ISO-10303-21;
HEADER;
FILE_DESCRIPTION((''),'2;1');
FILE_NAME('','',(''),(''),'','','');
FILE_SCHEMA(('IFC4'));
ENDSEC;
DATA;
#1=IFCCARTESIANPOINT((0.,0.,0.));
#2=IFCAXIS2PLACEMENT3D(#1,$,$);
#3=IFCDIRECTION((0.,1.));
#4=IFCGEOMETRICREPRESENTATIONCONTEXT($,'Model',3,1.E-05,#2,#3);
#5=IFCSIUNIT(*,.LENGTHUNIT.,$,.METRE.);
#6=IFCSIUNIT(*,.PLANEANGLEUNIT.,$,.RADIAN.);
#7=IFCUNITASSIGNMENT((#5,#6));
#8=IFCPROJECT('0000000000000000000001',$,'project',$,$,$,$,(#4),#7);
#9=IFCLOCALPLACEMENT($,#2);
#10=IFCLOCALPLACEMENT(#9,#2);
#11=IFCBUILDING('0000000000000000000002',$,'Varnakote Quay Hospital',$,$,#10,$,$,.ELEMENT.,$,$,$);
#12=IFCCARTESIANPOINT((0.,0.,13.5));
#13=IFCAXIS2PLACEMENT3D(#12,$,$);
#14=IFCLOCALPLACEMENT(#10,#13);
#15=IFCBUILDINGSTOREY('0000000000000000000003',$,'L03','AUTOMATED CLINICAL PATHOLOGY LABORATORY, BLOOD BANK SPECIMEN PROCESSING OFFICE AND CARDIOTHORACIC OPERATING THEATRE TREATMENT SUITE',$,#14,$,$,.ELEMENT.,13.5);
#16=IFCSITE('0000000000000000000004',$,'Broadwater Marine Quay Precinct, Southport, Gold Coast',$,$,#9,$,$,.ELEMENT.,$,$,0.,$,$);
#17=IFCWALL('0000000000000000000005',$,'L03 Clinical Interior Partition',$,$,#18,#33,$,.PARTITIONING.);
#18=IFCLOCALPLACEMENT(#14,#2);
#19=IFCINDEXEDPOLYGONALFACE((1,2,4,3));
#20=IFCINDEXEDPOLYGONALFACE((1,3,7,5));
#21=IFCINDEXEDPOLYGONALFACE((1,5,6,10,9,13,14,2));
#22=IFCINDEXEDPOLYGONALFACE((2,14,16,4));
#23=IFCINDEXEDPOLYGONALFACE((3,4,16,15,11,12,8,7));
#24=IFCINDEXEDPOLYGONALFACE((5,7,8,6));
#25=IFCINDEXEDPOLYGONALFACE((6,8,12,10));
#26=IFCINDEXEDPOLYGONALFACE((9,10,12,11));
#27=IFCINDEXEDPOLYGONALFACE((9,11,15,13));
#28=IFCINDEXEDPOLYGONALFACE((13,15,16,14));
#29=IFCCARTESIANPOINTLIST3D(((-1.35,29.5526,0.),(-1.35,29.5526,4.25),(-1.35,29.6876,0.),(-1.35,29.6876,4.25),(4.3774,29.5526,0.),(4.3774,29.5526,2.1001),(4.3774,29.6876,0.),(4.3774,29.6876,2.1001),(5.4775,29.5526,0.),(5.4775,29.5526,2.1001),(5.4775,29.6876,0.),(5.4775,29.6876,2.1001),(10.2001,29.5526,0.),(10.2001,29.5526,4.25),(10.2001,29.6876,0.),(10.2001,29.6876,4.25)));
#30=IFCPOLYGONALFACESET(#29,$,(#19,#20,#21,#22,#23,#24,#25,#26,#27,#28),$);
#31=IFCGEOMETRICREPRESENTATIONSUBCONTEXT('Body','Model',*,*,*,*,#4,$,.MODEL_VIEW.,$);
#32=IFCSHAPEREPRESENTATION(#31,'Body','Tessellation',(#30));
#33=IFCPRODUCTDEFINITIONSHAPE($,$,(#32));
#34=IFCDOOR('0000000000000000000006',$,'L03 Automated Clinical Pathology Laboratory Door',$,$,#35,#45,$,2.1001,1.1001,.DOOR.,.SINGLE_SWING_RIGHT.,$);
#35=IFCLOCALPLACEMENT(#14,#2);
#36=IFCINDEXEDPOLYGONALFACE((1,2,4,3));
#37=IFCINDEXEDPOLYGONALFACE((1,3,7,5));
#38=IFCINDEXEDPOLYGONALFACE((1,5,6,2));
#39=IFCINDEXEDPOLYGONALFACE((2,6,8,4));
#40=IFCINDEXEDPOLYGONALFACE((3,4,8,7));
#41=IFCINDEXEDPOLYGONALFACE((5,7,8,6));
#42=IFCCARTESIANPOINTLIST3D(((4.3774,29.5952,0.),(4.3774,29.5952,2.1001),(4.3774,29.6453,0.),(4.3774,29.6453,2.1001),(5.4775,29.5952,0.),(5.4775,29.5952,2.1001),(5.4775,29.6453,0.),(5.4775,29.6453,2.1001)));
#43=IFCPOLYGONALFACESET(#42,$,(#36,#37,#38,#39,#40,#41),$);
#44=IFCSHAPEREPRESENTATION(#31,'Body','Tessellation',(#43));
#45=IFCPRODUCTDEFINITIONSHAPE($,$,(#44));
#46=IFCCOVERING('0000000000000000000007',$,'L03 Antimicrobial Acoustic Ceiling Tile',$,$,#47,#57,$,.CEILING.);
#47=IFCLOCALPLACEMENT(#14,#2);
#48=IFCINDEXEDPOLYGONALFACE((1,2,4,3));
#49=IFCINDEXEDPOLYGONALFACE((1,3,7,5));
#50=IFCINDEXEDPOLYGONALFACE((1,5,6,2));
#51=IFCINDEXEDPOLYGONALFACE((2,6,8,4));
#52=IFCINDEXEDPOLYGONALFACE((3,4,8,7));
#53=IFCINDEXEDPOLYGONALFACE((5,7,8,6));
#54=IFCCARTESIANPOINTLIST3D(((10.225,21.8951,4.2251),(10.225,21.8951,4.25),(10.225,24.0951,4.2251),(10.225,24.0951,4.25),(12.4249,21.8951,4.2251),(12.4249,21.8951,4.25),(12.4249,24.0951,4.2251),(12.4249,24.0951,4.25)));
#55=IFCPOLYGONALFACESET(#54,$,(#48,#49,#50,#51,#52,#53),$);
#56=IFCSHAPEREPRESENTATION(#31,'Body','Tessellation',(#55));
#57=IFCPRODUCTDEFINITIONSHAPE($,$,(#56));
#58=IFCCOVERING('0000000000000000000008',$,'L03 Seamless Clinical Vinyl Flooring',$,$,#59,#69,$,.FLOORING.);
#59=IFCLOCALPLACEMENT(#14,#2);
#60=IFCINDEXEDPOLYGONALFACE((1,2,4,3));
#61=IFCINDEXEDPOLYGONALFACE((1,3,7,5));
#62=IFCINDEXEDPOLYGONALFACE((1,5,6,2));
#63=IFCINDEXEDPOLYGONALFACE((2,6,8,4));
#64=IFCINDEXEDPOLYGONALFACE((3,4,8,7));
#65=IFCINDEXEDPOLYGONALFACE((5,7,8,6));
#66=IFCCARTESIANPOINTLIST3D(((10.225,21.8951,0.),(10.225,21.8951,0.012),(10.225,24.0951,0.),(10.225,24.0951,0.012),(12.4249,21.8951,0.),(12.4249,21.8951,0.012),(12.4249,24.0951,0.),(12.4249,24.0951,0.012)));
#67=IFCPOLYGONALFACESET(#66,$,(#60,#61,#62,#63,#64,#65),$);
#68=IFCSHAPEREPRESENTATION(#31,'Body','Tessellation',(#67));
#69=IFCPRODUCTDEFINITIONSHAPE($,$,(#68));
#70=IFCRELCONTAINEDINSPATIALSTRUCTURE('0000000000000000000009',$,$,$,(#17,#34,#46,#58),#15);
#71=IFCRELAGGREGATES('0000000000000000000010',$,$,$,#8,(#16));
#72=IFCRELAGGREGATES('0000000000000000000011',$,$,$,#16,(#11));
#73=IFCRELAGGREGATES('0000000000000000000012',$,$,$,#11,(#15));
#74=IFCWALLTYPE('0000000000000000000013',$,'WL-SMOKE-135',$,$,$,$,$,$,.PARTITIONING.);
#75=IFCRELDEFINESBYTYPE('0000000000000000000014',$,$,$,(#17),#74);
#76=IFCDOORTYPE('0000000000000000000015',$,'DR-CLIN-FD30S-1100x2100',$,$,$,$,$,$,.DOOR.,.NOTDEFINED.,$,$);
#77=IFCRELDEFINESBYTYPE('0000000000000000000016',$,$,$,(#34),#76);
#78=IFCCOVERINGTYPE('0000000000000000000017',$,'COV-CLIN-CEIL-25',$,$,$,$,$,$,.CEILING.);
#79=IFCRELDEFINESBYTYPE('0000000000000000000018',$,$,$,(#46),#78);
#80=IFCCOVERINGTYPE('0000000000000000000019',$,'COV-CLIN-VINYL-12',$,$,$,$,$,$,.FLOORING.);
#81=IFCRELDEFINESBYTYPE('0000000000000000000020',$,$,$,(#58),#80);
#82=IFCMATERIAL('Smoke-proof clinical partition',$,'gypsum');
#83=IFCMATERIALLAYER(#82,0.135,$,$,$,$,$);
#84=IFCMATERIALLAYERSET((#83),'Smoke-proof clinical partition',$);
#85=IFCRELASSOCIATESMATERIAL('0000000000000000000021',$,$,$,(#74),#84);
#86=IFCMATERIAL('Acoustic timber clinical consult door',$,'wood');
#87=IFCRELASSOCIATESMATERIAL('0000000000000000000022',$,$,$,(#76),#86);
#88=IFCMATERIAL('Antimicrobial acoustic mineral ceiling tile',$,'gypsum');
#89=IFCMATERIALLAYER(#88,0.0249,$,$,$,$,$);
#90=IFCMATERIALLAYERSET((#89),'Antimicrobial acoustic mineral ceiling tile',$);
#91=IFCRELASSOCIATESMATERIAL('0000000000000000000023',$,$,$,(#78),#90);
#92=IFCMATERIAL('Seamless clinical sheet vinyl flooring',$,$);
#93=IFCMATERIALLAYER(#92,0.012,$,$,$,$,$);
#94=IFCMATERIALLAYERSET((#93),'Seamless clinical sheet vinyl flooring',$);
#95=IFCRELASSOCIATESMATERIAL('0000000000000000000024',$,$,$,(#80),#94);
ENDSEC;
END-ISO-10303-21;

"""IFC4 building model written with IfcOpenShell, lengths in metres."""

from ifc_helpers import new_model, si_unit, direction, frame, frame_2d, origin, origin_2d, place, context, subcontext, project, spatial, rectangle, extrude, material, layer, layer_set, type_object, element, fill, save


model = new_model("IFC4")

# Units and contexts
model_context = context("Model", 3, precision=1e-05, world=origin(), true_north=direction((0.0, 1.0)))
body_context = subcontext(model_context, "Body", "Model", "MODEL_VIEW")
ifc_project = project(units=[si_unit("LENGTHUNIT", "METRE"), si_unit("PLANEANGLEUNIT", "RADIAN")], contexts=[model_context])

# Site, building, storey
site_placement = place(None, origin())
site = spatial("IfcSite", under=ifc_project, at=site_placement, Name="Broadwater Marine Quay Precinct, Southport, Gold Coast", CompositionType="ELEMENT", RefElevation=0.0)
building_placement = place(site_placement, origin())
building = spatial("IfcBuilding", under=site, at=building_placement, Name="Varnakote Quay Hospital", CompositionType="ELEMENT")
storey_placement = place(building_placement, frame((0.0, 0.0, 13.5)))
storey = spatial("IfcBuildingStorey", under=building, at=storey_placement, Name="L03", Description="AUTOMATED CLINICAL PATHOLOGY LABORATORY, BLOOD BANK SPECIMEN PROCESSING OFFICE AND CARDIOTHORACIC OPERATING THEATRE TREATMENT SUITE", CompositionType="ELEMENT", Elevation=13.5)

# Wall, opening, door
ifc_material_1 = material(Name="Smoke-proof clinical partition", Category="gypsum")
ifc_layer_1 = layer(ifc_material_1, 0.135)
ifc_layer_set_1 = layer_set([ifc_layer_1], Name="Smoke-proof clinical partition")
wall_type_1 = type_object("IfcWallType", Name="WL-SMOKE-135", PredefinedType="PARTITIONING", material=ifc_layer_set_1)
wall_1_placement = place(storey_placement, frame((10.2, 29.6201, 0.0), z_axis=(0.0, 0.0, 1.0), x_axis=(-1.0, 0.0, 0.0)))
wall_1 = element("IfcWall", 1, at=wall_1_placement, inside=storey, type_object=wall_type_1, Name="L03 Clinical Interior Partition", PredefinedType="PARTITIONING", context=body_context, shape_type="SweptSolid", body=[
    extrude(rectangle(XDim=11.55, YDim=0.135, at=frame_2d((5.7749, 0.0))), origin(), (0.0, 0.0, 1.0), 4.25),
])
opening_1_placement = place(wall_1_placement, frame((4.7224, 0.0, 0.0)))
opening_1 = element("IfcOpeningElement", 2, at=opening_1_placement, cuts=wall_1, PredefinedType="OPENING", context=body_context, shape_type="SweptSolid", body=[
    extrude(rectangle(XDim=1.1001, YDim=2.1001, at=frame_2d((0.55, 1.05))), frame((0.0, 0.0774, 0.0), z_axis=(0.0, -1.0, 0.0), x_axis=(1.0, 0.0, 0.0)), (0.0, 0.0, 1.0), 0.155),
])
ifc_material_2 = material(Name="Acoustic timber clinical consult door", Category="wood")
door_type_1 = type_object("IfcDoorType", Name="DR-CLIN-FD30S-1100x2100", OperationType="NOTDEFINED", PredefinedType="DOOR", material=ifc_material_2)
door_1_placement = place(opening_1_placement, origin())
door_1 = element("IfcDoor", 3, at=door_1_placement, inside=storey, type_object=door_type_1, Name="L03 Automated Clinical Pathology Laboratory Door", OperationType="SINGLE_SWING_RIGHT", OverallHeight=2.1001, OverallWidth=1.1001, PredefinedType="DOOR", context=body_context, shape_type="SweptSolid", body=[
    extrude(rectangle(XDim=1.1001, YDim=2.1001, at=frame_2d((0.55, 1.05))), frame((0.0, 0.0249, 0.0), z_axis=(0.0, -1.0, 0.0), x_axis=(1.0, 0.0, 0.0)), (0.0, 0.0, 1.0), 0.05),
])
fill(opening_1, door_1)

# Coverings
ifc_material_3 = material(Name="Antimicrobial acoustic mineral ceiling tile", Category="gypsum")
ifc_layer_2 = layer(ifc_material_3, 0.0249)
ifc_layer_set_2 = layer_set([ifc_layer_2], Name="Antimicrobial acoustic mineral ceiling tile")
covering_type_1 = type_object("IfcCoveringType", Name="COV-CLIN-CEIL-25", PredefinedType="CEILING", material=ifc_layer_set_2)
covering_1_placement = place(storey_placement, frame((11.325, 22.9951, 4.2251), z_axis=(0.0, 0.0, 1.0), x_axis=(1.0, 0.0, 0.0)))
element("IfcCovering", 4, at=covering_1_placement, inside=storey, type_object=covering_type_1, Name="L03 Antimicrobial Acoustic Ceiling Tile", PredefinedType="CEILING", context=body_context, shape_type="SweptSolid", body=[
    extrude(rectangle(XDim=2.2, YDim=2.2, at=origin_2d()), origin(), (0.0, 0.0, 1.0), 0.0249),
])
ifc_material_4 = material(Name="Seamless clinical sheet vinyl flooring")
ifc_layer_3 = layer(ifc_material_4, 0.012)
ifc_layer_set_3 = layer_set([ifc_layer_3], Name="Seamless clinical sheet vinyl flooring")
covering_type_2 = type_object("IfcCoveringType", Name="COV-CLIN-VINYL-12", PredefinedType="FLOORING", material=ifc_layer_set_3)
covering_2_placement = place(storey_placement, frame((11.325, 22.9951, 0.0), z_axis=(0.0, 0.0, 1.0), x_axis=(1.0, 0.0, 0.0)))
element("IfcCovering", 5, at=covering_2_placement, inside=storey, type_object=covering_type_2, Name="L03 Seamless Clinical Vinyl Flooring", PredefinedType="FLOORING", context=body_context, shape_type="SweptSolid", body=[
    extrude(rectangle(XDim=2.2, YDim=2.2, at=origin_2d()), origin(), (0.0, 0.0, 1.0), 0.012),
])

save(model, "model.ifc")
